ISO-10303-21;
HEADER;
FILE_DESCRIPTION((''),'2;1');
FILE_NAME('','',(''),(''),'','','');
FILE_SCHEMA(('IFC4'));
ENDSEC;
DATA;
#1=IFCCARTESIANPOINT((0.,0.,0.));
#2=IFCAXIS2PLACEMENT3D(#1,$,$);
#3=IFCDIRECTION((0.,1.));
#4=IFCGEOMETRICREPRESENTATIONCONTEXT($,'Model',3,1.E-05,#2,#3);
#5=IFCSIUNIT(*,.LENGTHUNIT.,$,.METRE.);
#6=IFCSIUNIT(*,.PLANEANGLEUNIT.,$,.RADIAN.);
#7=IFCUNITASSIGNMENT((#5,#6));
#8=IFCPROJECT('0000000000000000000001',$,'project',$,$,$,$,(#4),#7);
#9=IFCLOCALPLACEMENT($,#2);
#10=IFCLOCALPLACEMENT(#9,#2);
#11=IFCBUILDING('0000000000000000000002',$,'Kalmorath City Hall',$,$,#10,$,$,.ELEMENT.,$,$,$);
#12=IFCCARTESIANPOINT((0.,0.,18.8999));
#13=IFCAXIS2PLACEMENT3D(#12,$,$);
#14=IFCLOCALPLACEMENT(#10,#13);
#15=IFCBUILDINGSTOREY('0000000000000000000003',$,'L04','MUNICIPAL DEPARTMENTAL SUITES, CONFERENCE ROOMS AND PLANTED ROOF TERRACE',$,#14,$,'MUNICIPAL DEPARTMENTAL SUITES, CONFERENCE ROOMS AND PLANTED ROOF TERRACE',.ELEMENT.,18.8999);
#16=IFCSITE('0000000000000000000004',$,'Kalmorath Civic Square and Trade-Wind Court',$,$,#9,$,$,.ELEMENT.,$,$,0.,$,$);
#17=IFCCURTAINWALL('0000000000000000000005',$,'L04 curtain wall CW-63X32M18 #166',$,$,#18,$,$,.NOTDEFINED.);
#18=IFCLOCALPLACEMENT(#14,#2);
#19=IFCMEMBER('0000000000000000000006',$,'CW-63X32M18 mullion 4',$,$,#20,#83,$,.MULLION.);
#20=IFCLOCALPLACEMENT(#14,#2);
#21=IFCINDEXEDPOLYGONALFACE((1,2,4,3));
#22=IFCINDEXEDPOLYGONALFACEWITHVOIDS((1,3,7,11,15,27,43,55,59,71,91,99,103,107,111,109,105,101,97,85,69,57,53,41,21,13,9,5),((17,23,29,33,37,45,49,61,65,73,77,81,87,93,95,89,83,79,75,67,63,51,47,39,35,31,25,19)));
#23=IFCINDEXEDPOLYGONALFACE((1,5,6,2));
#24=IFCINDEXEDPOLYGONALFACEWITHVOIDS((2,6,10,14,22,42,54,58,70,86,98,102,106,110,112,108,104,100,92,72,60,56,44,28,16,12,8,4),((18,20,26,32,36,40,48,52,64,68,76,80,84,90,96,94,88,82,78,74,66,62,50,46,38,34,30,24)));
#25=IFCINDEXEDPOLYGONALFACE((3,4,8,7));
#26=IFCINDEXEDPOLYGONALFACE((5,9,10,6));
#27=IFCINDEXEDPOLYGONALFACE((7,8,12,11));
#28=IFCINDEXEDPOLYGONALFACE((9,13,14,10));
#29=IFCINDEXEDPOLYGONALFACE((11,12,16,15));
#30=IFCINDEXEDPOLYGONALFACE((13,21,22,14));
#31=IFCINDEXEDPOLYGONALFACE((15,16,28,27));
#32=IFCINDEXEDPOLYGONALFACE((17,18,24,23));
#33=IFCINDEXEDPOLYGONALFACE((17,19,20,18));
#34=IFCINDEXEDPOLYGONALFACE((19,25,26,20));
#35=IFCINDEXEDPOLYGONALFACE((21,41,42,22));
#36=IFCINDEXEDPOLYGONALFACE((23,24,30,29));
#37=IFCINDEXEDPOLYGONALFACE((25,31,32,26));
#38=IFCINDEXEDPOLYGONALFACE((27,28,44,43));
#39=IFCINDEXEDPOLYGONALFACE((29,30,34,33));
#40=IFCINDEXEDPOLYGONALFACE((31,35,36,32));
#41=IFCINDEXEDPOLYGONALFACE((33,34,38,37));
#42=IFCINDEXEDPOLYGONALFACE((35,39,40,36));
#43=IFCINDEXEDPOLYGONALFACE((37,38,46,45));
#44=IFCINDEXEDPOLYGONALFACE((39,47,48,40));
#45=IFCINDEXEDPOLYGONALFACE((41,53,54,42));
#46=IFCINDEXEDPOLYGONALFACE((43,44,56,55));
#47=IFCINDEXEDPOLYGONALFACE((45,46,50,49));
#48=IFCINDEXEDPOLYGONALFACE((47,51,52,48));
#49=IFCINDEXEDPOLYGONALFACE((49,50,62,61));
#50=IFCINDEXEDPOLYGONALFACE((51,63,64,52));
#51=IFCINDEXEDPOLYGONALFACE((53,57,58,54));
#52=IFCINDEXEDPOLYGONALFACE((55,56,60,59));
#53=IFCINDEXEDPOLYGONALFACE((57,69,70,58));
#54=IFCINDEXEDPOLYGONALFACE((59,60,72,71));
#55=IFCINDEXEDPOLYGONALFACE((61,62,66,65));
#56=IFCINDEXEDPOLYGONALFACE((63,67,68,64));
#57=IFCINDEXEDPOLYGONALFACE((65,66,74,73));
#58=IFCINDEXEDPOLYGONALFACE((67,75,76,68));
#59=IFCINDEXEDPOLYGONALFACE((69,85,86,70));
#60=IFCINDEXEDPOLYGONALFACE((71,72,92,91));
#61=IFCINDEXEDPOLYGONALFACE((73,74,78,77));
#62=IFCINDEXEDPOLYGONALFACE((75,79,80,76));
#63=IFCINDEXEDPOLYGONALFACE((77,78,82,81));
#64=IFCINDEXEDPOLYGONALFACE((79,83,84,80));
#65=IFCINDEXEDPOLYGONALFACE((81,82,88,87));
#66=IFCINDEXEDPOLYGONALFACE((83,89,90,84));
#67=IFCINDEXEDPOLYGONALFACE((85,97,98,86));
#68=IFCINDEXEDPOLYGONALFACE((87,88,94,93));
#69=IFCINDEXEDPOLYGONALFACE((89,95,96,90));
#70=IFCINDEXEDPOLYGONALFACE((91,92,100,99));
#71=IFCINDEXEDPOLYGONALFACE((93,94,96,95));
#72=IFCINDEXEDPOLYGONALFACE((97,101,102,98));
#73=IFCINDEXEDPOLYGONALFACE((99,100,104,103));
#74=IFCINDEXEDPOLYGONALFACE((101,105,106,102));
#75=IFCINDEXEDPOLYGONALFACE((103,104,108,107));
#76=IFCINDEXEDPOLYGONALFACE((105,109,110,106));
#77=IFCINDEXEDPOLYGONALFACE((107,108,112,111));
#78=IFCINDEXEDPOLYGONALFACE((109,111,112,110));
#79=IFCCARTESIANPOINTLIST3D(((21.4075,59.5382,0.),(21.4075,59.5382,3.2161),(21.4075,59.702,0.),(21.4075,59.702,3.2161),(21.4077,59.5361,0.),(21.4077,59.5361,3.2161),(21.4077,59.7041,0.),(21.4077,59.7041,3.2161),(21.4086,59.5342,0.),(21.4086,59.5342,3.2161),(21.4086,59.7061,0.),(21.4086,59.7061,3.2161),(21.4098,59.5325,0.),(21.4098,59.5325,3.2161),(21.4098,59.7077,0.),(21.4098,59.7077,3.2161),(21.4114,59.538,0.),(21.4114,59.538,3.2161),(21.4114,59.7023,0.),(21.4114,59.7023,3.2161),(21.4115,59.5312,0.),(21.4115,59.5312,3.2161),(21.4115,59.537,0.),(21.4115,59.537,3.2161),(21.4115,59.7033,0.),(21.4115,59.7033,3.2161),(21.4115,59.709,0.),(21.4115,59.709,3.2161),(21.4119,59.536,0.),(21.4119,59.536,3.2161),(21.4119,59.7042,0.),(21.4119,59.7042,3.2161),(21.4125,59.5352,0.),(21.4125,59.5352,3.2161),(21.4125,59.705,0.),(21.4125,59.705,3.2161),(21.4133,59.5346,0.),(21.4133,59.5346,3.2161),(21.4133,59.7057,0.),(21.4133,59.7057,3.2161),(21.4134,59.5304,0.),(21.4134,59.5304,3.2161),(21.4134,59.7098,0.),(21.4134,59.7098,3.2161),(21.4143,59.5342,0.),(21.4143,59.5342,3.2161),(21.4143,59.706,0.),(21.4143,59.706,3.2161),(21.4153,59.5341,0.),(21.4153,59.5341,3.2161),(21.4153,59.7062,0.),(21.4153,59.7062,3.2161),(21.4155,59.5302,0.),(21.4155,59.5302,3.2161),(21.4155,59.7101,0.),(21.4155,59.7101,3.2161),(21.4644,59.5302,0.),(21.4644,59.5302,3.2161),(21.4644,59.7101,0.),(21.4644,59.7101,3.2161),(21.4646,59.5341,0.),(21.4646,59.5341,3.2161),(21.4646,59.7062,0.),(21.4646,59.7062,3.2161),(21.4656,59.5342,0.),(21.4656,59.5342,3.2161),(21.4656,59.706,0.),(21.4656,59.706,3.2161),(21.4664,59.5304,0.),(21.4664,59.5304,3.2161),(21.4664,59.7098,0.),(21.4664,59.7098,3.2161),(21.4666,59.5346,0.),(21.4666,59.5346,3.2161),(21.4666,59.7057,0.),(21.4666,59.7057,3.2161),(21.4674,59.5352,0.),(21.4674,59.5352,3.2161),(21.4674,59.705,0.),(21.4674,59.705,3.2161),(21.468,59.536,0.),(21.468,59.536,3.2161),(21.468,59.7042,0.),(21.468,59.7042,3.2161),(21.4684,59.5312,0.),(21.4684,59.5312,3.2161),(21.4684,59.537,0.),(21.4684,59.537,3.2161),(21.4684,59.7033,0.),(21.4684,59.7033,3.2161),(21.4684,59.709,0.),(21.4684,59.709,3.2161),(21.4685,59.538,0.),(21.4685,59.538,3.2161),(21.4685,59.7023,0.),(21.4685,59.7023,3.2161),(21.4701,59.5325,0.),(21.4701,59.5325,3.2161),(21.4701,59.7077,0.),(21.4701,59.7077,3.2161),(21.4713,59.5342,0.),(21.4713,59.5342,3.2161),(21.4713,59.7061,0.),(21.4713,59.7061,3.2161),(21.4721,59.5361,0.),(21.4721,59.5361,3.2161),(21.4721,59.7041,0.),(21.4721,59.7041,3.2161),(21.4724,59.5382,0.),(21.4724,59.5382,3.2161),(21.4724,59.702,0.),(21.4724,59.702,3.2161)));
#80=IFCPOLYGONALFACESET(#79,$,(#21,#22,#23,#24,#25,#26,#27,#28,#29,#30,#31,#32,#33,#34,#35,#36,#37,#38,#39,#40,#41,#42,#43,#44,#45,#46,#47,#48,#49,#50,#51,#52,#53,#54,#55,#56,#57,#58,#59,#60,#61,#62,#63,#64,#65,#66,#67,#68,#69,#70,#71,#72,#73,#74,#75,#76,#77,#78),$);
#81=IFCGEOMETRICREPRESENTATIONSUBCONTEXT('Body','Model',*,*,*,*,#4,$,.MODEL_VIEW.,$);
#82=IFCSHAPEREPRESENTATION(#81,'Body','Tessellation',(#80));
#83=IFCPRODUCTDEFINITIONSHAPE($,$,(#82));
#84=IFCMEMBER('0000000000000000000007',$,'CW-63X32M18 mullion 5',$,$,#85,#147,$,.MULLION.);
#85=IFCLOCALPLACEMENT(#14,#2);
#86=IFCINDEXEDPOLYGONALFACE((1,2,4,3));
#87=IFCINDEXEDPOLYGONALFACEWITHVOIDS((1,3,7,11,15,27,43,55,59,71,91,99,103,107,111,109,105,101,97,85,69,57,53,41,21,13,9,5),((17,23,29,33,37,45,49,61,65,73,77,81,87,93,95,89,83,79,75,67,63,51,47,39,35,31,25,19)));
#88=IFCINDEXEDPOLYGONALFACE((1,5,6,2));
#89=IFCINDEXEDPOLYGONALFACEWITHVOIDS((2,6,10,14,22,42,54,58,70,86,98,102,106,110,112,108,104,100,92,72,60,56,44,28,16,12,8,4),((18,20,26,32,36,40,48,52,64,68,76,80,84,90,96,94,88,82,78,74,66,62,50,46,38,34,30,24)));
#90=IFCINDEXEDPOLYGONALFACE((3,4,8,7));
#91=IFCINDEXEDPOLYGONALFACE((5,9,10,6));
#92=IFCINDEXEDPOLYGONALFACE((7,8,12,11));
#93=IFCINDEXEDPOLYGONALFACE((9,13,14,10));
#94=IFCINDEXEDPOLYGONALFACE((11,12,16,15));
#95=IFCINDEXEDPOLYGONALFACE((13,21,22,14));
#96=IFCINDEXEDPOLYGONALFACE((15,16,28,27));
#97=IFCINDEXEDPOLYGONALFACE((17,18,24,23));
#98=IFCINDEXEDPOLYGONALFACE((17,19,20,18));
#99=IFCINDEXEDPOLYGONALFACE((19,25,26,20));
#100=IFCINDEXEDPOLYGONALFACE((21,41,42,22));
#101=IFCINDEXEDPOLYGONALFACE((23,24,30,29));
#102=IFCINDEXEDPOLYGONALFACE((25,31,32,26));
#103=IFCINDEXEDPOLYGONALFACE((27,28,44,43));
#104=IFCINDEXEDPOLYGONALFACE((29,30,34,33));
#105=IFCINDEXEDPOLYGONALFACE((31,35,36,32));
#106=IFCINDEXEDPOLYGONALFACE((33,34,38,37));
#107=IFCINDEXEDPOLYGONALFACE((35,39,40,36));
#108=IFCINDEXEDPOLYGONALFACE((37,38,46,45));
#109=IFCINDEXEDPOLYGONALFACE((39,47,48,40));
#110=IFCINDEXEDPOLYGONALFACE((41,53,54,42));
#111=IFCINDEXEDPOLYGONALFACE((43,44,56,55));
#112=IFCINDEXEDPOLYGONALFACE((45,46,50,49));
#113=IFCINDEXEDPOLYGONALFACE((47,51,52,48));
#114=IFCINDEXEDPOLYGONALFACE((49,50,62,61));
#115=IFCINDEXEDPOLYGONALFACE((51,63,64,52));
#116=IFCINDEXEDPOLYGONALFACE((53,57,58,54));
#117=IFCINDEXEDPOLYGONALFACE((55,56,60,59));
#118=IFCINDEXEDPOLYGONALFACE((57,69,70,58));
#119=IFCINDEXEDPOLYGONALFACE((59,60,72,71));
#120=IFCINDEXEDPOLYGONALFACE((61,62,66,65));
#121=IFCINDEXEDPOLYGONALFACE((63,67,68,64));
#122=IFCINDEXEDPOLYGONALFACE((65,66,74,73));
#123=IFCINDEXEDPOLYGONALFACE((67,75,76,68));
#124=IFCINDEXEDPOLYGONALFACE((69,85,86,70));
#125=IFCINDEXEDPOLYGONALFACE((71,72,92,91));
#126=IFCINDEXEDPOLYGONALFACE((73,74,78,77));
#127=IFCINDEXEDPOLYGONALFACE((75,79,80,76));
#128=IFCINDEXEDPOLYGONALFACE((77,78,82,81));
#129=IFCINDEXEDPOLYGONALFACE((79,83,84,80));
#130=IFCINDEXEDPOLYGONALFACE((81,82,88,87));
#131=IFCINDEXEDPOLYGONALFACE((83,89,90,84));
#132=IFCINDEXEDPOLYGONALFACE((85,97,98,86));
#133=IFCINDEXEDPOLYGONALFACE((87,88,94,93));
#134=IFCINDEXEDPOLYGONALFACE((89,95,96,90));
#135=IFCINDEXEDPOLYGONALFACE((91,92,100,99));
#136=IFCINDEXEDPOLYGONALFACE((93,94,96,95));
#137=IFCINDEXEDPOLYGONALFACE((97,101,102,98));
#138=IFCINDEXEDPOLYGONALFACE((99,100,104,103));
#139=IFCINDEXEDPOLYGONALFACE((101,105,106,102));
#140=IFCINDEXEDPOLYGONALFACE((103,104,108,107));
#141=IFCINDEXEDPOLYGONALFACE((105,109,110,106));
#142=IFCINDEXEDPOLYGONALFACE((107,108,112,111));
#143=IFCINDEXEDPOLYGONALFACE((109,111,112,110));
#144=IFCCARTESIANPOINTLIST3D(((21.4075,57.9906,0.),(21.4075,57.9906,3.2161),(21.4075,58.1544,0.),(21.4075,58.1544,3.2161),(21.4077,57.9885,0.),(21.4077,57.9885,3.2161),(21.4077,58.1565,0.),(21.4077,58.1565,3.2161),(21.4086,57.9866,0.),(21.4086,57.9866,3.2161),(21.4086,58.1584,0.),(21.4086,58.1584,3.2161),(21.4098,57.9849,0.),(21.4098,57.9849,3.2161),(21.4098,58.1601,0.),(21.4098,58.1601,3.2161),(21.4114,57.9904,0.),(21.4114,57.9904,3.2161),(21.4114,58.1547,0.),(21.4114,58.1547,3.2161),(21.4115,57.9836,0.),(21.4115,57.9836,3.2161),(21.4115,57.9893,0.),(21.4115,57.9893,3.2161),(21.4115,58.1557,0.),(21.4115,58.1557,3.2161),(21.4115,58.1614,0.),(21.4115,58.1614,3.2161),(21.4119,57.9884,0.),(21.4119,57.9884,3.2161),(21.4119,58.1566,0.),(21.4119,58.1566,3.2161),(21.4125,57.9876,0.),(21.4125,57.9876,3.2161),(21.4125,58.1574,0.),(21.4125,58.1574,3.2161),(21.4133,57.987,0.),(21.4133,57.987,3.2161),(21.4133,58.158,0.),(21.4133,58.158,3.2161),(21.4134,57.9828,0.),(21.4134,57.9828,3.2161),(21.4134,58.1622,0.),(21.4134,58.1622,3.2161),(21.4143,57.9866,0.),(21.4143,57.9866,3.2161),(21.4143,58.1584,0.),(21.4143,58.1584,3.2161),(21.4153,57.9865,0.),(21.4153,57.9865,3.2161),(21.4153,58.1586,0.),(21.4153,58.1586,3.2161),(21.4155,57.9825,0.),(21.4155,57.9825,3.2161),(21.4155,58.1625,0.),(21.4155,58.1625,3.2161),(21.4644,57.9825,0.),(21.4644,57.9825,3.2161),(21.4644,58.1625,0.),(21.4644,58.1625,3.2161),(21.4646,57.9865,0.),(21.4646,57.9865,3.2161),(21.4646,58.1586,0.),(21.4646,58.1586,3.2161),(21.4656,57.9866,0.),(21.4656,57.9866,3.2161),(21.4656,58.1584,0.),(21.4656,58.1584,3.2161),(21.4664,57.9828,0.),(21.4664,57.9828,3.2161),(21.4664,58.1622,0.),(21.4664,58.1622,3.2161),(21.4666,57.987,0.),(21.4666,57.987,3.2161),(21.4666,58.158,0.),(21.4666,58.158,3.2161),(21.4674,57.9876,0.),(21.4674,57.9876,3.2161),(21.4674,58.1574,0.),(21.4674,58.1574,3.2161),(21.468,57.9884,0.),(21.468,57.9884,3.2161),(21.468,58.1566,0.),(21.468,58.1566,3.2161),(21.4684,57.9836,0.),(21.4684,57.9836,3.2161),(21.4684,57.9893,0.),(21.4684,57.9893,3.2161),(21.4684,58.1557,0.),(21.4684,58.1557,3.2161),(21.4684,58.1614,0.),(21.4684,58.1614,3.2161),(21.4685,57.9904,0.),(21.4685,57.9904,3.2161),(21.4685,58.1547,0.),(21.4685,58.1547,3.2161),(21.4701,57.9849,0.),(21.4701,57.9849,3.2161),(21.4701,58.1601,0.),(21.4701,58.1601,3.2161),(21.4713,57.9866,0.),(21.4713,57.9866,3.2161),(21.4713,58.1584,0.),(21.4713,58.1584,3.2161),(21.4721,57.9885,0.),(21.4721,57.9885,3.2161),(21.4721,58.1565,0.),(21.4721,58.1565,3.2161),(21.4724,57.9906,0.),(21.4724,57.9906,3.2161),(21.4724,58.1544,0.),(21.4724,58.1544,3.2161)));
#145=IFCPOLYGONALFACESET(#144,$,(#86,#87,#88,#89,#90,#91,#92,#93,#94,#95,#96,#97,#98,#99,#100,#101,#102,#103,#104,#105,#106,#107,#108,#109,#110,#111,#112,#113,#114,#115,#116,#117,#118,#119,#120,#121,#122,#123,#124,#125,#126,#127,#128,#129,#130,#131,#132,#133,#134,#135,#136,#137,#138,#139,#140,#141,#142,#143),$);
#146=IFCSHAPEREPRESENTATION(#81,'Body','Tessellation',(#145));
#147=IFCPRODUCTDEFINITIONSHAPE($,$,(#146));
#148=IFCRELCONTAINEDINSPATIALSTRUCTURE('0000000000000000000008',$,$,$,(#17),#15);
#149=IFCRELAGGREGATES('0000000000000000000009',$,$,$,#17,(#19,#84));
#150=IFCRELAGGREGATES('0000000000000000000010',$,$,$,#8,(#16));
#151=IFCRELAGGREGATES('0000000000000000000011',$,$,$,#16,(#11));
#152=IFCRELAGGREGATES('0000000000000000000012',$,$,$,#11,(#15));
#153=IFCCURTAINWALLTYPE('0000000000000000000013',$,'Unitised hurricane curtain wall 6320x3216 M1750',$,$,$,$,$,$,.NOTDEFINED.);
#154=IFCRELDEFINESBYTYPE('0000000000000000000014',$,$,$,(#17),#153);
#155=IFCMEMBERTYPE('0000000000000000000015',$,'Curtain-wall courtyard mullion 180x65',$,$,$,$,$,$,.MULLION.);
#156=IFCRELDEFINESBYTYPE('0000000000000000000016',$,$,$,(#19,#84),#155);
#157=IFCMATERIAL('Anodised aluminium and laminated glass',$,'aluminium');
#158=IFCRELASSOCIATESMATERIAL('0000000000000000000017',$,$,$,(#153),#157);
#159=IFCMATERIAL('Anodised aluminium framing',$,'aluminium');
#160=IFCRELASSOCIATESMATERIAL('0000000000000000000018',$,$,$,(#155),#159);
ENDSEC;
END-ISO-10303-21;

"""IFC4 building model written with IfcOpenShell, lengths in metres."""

from ifc_helpers import new_model, si_unit, direction, frame, origin, origin_2d, place, context, subcontext, project, spatial, hollow_rectangle, extrude, material, material_profile, profile_set, type_object, element, aggregate, save


model = new_model("IFC4")

# Units and contexts
model_context = context("Model", 3, precision=1e-05, world=origin(), true_north=direction((0.0, 1.0)))
body_context = subcontext(model_context, "Body", "Model", "MODEL_VIEW")
ifc_project = project(units=[si_unit("LENGTHUNIT", "METRE"), si_unit("PLANEANGLEUNIT", "RADIAN")], contexts=[model_context])

# Site, building, storey
site_placement = place(None, origin())
site = spatial("IfcSite", under=ifc_project, at=site_placement, Name="Kalmorath Civic Square and Trade-Wind Court", CompositionType="ELEMENT", RefElevation=0.0)
building_placement = place(site_placement, origin())
building = spatial("IfcBuilding", under=site, at=building_placement, Name="Kalmorath City Hall", CompositionType="ELEMENT")
storey_placement = place(building_placement, frame((0.0, 0.0, 18.8999)))
storey = spatial("IfcBuildingStorey", under=building, at=storey_placement, Name="L04", Description="MUNICIPAL DEPARTMENTAL SUITES, CONFERENCE ROOMS AND PLANTED ROOF TERRACE", LongName="MUNICIPAL DEPARTMENTAL SUITES, CONFERENCE ROOMS AND PLANTED ROOF TERRACE", CompositionType="ELEMENT", Elevation=18.8999)

# Curtain wall, members
ifc_material_1 = material(Name="Anodised aluminium and laminated glass", Category="aluminium")
curtain_wall_type = type_object("IfcCurtainWallType", Name="Unitised hurricane curtain wall 6320x3216 M1750", PredefinedType="NOTDEFINED", material=ifc_material_1)
curtain_wall_placement = place(storey_placement, origin())
curtain_wall = element("IfcCurtainWall", 1, at=curtain_wall_placement, inside=storey, type_object=curtain_wall_type, Name="L04 curtain wall CW-63X32M18 #166", PredefinedType="NOTDEFINED")
ifc_material_2 = material(Name="Anodised aluminium framing", Category="aluminium")
ifc_material_profile_1 = material_profile(ifc_material_2, hollow_rectangle(XDim=0.0649, YDim=0.1799, WallThickness=0.0039, InnerFilletRadius=0.0039, OuterFilletRadius=0.0081, at=origin_2d()), Name="ALU-MUL-180X65X4")
ifc_profile_set_1 = profile_set([ifc_material_profile_1], Name="Anodised aluminium framing")
member_type_1 = type_object("IfcMemberType", Name="Curtain-wall courtyard mullion 180x65", PredefinedType="MULLION", material=ifc_profile_set_1)
member_1_placement = place(storey_placement, frame((21.4399, 59.6201, 0.0), z_axis=(0.0, 0.0, 1.0), x_axis=(1.0, 0.0, 0.0)))
member_1 = element("IfcMember", 2, at=member_1_placement, type_object=member_type_1, Name="CW-63X32M18 mullion 4", PredefinedType="MULLION", context=body_context, shape_type="SweptSolid", body=[
    extrude(hollow_rectangle(XDim=0.0649, YDim=0.1799, WallThickness=0.0039, InnerFilletRadius=0.0039, OuterFilletRadius=0.0081, at=origin_2d()), origin(), (0.0, 0.0, 1.0), 3.2161),
])
member_2_placement = place(storey_placement, frame((21.4399, 58.0725, 0.0), z_axis=(0.0, 0.0, 1.0), x_axis=(1.0, 0.0, 0.0)))
member_2 = element("IfcMember", 3, at=member_2_placement, type_object=member_type_1, Name="CW-63X32M18 mullion 5", PredefinedType="MULLION", context=body_context, shape_type="SweptSolid", body=[
    extrude(hollow_rectangle(XDim=0.0649, YDim=0.1799, WallThickness=0.0039, InnerFilletRadius=0.0039, OuterFilletRadius=0.0081, at=origin_2d()), origin(), (0.0, 0.0, 1.0), 3.2161),
])

aggregate(curtain_wall, [member_1, member_2])

save(model, "model.ifc")
